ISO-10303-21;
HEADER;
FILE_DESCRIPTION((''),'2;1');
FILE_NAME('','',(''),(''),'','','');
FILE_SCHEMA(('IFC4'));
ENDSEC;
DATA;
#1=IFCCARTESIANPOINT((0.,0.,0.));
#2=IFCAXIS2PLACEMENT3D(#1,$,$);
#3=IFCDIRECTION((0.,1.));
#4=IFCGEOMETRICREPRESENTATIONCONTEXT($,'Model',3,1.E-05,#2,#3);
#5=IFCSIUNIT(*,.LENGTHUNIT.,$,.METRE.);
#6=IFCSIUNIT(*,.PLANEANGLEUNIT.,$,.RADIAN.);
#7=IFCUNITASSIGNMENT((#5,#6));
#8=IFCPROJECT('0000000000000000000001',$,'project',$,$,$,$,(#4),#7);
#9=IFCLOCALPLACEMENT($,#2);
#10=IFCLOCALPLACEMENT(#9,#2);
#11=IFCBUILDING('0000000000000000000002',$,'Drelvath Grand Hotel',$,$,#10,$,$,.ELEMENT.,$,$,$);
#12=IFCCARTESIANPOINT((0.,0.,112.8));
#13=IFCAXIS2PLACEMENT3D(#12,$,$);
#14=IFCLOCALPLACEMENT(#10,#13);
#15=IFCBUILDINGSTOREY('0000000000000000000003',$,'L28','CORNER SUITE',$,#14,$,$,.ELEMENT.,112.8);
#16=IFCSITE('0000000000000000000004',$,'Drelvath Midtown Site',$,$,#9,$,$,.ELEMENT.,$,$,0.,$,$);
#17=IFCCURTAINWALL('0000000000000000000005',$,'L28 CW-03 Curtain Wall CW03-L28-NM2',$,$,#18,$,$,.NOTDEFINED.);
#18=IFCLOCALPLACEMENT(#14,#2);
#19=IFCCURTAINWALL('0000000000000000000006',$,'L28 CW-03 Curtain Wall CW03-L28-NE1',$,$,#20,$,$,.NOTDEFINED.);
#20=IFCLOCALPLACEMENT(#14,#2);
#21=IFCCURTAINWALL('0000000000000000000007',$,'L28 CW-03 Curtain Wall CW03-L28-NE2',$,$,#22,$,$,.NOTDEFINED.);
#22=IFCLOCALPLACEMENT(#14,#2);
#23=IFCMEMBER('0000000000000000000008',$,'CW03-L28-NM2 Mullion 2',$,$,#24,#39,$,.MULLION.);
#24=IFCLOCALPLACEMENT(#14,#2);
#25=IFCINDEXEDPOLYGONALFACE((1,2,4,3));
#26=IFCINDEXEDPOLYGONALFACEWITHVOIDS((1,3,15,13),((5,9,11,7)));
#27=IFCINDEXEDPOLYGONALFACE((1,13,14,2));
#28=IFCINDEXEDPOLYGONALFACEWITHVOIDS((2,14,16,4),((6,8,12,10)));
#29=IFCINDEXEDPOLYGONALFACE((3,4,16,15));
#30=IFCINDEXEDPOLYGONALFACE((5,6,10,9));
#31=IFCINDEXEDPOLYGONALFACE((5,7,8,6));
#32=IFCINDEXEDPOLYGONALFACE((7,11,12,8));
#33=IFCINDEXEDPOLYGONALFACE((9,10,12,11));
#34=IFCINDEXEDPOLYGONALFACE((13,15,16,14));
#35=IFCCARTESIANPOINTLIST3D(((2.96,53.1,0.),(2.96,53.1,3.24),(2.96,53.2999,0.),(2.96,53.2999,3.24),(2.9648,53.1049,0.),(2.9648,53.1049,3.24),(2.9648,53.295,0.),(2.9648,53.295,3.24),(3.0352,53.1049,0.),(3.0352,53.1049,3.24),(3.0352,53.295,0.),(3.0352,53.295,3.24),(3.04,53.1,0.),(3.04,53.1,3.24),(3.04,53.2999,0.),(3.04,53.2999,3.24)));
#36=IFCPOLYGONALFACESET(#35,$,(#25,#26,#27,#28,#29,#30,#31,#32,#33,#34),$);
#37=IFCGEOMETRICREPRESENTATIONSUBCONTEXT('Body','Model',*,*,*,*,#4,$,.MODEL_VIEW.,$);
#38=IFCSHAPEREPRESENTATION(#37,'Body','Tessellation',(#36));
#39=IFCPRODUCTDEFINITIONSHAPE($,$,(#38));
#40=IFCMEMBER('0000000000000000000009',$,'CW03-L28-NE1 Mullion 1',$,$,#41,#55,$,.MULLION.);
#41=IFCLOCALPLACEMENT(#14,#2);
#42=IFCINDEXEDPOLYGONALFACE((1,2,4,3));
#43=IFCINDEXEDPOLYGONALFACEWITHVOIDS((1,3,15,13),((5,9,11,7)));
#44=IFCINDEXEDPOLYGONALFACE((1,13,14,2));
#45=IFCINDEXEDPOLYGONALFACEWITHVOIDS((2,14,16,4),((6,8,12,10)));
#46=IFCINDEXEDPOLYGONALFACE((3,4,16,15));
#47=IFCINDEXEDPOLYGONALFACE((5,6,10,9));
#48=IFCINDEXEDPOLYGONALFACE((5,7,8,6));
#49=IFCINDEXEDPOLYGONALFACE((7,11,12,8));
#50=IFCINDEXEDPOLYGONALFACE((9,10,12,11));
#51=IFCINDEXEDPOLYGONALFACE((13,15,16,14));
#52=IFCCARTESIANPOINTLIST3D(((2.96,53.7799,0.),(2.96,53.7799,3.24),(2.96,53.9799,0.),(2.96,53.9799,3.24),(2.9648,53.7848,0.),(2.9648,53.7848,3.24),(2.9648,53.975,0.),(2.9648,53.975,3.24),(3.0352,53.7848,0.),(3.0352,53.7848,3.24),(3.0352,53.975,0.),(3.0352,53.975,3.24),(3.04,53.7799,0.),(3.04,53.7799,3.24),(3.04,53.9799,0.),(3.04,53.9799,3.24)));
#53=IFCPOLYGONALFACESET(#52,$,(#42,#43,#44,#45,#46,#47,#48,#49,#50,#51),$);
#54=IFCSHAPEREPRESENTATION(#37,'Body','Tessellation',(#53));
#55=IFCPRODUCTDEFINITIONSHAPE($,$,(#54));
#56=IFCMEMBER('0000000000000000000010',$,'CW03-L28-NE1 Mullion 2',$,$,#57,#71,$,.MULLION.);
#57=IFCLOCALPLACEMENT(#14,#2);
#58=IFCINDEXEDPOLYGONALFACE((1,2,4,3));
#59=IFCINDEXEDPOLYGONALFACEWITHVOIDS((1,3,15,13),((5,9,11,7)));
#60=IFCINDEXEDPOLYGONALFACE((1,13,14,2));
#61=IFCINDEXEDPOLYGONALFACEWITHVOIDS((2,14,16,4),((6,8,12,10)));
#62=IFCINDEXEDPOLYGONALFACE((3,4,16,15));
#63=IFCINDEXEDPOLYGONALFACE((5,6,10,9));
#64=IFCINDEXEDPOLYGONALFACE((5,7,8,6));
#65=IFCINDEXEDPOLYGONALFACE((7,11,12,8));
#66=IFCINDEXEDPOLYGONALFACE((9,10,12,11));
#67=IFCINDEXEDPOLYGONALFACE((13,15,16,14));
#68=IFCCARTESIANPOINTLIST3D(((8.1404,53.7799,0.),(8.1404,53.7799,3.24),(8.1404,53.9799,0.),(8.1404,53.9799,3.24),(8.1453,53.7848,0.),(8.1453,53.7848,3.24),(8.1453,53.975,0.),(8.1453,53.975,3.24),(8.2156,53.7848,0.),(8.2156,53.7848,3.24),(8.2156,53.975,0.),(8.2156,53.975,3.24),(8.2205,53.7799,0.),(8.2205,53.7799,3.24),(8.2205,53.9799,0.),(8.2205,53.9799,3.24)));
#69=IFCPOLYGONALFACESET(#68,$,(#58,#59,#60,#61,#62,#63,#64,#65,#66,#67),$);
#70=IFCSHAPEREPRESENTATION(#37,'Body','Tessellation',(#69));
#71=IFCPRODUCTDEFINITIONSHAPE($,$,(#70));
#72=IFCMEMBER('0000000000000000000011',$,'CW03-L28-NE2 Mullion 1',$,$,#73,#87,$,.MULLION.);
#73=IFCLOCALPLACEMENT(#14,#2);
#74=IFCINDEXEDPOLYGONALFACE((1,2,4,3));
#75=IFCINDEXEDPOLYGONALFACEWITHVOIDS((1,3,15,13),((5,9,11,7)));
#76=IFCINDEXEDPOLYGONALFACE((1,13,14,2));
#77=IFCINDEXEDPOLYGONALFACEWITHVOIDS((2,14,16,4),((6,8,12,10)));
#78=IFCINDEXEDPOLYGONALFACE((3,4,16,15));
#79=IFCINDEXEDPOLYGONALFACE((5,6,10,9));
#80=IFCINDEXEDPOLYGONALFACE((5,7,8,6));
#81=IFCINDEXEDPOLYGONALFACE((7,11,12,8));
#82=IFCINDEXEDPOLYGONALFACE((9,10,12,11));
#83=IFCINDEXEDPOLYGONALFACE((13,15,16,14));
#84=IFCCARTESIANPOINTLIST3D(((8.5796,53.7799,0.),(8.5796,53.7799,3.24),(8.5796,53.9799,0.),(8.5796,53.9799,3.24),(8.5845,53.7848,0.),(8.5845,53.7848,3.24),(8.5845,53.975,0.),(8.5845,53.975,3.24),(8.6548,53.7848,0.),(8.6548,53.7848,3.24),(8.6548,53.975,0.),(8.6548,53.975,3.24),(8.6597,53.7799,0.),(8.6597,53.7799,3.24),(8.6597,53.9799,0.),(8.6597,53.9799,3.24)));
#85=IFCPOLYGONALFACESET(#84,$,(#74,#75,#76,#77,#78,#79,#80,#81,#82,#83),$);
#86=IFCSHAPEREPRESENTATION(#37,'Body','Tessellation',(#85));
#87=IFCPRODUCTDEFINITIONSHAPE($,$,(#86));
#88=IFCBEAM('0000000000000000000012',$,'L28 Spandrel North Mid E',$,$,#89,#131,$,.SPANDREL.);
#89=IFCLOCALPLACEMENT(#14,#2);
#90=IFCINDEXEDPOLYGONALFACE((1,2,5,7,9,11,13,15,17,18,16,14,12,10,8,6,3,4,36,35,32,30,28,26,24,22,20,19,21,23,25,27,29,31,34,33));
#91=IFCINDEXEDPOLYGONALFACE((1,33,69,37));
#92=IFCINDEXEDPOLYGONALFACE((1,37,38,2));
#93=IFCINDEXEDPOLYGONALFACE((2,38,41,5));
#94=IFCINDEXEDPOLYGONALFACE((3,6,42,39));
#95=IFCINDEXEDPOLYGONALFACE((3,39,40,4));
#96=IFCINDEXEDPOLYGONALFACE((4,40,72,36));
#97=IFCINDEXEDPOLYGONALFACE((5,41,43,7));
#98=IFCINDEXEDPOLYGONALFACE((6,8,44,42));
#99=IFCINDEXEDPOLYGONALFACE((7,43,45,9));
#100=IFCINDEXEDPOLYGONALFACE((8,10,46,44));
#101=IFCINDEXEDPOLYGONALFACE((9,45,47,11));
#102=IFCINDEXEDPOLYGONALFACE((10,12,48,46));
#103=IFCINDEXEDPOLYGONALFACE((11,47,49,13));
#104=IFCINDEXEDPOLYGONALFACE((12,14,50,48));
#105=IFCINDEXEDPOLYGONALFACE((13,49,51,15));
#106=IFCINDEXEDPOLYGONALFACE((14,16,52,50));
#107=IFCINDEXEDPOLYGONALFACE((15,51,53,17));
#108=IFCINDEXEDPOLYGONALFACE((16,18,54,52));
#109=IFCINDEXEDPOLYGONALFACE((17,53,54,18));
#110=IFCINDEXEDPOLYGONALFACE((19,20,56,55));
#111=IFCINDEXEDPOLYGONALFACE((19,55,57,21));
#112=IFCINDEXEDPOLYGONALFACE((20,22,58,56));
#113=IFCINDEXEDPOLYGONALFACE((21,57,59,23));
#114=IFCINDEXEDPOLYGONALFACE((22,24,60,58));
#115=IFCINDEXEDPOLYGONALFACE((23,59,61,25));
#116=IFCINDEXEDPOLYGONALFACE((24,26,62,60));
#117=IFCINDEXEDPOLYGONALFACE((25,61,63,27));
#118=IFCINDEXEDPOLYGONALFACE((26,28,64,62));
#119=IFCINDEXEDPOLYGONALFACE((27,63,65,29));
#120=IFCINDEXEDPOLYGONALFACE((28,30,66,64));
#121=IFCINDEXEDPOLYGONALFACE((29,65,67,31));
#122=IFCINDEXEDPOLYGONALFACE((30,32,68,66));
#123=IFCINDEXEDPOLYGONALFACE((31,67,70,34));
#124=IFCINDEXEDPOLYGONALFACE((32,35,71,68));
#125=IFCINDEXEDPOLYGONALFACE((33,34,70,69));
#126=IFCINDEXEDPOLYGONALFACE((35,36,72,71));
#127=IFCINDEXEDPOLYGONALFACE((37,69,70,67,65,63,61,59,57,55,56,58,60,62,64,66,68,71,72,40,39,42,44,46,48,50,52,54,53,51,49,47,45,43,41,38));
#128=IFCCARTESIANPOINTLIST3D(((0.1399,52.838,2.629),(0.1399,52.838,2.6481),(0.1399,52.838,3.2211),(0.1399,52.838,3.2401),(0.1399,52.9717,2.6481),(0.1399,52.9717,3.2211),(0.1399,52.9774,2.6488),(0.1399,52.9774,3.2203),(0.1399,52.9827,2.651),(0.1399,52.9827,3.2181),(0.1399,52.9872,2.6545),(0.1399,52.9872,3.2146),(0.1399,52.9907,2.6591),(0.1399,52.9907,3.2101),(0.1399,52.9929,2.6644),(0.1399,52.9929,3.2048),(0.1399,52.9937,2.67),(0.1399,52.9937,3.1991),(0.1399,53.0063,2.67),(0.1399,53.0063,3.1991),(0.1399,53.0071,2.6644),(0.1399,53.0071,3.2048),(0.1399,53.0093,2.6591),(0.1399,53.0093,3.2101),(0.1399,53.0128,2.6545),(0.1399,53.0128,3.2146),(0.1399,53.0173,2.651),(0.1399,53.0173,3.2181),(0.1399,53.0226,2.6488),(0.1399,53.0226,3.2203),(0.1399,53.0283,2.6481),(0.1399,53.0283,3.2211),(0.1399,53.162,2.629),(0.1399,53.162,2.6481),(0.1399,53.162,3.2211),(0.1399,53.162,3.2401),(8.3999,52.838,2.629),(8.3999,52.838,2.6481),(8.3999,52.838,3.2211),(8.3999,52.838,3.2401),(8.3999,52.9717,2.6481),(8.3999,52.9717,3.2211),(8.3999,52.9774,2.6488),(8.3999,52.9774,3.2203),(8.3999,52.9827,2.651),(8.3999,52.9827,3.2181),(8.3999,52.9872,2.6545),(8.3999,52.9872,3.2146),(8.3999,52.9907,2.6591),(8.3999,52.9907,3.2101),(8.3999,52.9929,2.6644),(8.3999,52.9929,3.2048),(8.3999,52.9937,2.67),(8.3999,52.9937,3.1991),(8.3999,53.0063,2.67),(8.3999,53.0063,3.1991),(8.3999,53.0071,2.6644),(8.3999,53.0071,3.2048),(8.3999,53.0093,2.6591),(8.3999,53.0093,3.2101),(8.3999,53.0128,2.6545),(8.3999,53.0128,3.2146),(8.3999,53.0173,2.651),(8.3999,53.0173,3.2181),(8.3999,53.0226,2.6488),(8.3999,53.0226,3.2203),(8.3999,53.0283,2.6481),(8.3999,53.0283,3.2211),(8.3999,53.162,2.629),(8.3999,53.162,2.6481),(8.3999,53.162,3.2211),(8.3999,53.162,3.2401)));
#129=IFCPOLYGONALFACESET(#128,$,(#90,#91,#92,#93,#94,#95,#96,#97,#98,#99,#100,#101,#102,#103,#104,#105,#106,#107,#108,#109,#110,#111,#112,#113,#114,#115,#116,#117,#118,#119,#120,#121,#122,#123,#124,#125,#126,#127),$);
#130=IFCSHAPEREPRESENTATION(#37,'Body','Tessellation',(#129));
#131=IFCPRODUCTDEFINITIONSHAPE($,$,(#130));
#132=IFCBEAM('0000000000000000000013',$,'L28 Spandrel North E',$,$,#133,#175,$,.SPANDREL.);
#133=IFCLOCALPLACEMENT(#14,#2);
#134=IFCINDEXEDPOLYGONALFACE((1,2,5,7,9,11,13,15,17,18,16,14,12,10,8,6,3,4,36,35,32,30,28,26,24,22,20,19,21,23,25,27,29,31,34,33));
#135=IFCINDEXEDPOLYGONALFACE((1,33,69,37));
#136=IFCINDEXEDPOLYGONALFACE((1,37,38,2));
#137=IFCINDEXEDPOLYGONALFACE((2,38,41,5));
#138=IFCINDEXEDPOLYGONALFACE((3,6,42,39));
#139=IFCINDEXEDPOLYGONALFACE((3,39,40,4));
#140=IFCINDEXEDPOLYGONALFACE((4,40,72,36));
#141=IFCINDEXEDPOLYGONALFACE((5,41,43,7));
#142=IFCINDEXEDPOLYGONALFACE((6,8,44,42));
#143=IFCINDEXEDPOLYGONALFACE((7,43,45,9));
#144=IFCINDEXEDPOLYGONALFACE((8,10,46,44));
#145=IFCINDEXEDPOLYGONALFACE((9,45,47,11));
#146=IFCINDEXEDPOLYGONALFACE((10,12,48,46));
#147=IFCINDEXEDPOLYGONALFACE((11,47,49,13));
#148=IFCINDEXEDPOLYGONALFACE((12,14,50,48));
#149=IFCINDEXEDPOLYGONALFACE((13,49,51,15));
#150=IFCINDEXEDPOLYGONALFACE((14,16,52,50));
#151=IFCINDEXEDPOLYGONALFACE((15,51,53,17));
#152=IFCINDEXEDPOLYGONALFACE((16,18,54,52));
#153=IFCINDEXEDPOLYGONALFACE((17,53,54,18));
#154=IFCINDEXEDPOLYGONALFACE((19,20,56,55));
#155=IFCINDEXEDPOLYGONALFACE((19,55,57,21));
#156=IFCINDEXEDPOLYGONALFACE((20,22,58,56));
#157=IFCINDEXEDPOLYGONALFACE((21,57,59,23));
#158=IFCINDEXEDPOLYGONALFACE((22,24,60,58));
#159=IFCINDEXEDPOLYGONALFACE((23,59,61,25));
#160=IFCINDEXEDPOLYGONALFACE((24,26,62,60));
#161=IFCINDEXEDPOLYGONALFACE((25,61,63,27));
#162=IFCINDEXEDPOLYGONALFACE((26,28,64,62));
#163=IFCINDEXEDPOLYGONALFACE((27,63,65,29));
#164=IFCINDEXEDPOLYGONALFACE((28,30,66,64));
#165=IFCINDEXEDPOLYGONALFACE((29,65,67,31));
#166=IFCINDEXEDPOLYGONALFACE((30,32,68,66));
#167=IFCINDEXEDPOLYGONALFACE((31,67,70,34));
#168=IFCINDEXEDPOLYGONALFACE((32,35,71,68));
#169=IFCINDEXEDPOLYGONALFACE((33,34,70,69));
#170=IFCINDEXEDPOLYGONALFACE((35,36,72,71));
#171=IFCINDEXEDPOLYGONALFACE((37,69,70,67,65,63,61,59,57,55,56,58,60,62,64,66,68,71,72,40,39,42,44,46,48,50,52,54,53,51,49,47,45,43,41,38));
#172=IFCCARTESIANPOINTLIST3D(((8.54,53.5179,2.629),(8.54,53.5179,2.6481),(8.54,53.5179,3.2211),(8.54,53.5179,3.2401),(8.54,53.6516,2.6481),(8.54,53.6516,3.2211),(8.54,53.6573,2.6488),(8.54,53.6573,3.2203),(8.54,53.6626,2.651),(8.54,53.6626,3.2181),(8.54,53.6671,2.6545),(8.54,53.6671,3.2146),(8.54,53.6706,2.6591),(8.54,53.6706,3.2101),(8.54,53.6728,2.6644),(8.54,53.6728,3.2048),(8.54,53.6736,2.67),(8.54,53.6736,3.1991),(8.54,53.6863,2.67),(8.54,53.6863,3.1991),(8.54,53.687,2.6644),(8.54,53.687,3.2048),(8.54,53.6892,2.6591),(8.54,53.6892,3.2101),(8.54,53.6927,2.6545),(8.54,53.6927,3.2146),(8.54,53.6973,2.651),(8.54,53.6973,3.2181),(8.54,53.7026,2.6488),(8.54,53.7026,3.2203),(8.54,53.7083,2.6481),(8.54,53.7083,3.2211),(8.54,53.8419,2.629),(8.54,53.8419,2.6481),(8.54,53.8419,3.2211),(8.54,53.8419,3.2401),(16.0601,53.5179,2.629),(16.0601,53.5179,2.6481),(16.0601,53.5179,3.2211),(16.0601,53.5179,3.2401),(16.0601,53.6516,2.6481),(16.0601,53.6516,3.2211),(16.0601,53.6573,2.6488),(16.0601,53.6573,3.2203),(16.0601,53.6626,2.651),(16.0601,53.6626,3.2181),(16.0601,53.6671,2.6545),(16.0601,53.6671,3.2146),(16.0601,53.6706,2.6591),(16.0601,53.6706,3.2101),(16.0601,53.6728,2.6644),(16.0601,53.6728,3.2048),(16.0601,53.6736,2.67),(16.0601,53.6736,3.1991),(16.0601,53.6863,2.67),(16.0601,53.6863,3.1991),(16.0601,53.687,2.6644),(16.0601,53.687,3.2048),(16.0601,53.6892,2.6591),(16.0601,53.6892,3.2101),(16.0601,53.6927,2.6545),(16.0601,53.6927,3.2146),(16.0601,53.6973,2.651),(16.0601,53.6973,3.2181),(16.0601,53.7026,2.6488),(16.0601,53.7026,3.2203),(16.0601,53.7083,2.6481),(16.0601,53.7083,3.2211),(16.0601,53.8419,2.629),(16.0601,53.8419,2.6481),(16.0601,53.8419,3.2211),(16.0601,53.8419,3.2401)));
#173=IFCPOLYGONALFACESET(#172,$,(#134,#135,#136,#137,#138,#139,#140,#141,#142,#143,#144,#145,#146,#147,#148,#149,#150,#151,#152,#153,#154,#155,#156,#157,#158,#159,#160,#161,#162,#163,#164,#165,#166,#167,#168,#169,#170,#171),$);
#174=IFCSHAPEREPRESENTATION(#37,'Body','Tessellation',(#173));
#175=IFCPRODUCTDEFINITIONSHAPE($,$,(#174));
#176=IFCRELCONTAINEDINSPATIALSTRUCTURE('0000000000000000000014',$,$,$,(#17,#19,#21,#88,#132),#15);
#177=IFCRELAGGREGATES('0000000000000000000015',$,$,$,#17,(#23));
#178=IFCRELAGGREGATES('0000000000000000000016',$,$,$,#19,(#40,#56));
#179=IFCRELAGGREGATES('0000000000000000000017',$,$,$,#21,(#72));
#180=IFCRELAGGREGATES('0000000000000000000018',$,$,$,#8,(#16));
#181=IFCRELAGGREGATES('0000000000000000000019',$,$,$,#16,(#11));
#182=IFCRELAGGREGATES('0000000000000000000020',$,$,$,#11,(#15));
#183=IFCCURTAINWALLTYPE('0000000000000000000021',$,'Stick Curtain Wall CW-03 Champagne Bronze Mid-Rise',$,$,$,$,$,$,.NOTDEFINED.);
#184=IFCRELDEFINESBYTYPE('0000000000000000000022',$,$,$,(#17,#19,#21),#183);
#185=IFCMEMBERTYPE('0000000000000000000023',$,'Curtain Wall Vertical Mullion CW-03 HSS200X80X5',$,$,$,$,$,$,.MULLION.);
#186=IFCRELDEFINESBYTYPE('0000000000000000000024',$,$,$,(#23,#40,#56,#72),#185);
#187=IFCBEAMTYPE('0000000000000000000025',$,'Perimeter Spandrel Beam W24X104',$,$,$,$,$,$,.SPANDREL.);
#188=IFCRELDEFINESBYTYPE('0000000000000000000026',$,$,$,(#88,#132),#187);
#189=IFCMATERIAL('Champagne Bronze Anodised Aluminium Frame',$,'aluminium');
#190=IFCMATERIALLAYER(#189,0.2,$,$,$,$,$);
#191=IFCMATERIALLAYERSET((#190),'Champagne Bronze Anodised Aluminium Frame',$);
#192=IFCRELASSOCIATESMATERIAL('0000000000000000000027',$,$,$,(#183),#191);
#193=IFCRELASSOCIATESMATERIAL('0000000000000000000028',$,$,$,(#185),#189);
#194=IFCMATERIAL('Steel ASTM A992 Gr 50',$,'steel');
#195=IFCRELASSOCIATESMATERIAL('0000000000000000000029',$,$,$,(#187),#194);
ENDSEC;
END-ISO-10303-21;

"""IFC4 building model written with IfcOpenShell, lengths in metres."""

from ifc_helpers import new_model, si_unit, direction, frame, origin, origin_2d, place, context, subcontext, project, spatial, hollow_rectangle, i_section, extrude, material, layer, layer_set, material_profile, profile_set, type_object, element, aggregate, save


model = new_model("IFC4")

# Units and contexts
model_context = context("Model", 3, precision=1e-05, world=origin(), true_north=direction((0.0, 1.0)))
body_context = subcontext(model_context, "Body", "Model", "MODEL_VIEW")
ifc_project = project(units=[si_unit("LENGTHUNIT", "METRE"), si_unit("PLANEANGLEUNIT", "RADIAN")], contexts=[model_context])

# Site, building, storey
site_placement = place(None, origin())
site = spatial("IfcSite", under=ifc_project, at=site_placement, Name="Drelvath Midtown Site", CompositionType="ELEMENT", RefElevation=0.0)
building_placement = place(site_placement, origin())
building = spatial("IfcBuilding", under=site, at=building_placement, Name="Drelvath Grand Hotel", CompositionType="ELEMENT")
storey_placement = place(building_placement, frame((0.0, 0.0, 112.8)))
storey = spatial("IfcBuildingStorey", under=building, at=storey_placement, Name="L28", Description="CORNER SUITE", CompositionType="ELEMENT", Elevation=112.8)

# Curtain walls
ifc_material_1 = material(Name="Champagne Bronze Anodised Aluminium Frame", Category="aluminium")
ifc_layer_1 = layer(ifc_material_1, 0.2)
ifc_layer_set_1 = layer_set([ifc_layer_1], Name="Champagne Bronze Anodised Aluminium Frame")
curtain_wall_type = type_object("IfcCurtainWallType", Name="Stick Curtain Wall CW-03 Champagne Bronze Mid-Rise", PredefinedType="NOTDEFINED", material=ifc_layer_set_1)
curtain_wall_1_placement = place(storey_placement, origin())
curtain_wall_1 = element("IfcCurtainWall", 1, at=curtain_wall_1_placement, inside=storey, type_object=curtain_wall_type, Name="L28 CW-03 Curtain Wall CW03-L28-NM2", PredefinedType="NOTDEFINED")
curtain_wall_2_placement = place(storey_placement, origin())
curtain_wall_2 = element("IfcCurtainWall", 2, at=curtain_wall_2_placement, inside=storey, type_object=curtain_wall_type, Name="L28 CW-03 Curtain Wall CW03-L28-NE1", PredefinedType="NOTDEFINED")
curtain_wall_3_placement = place(storey_placement, origin())
curtain_wall_3 = element("IfcCurtainWall", 3, at=curtain_wall_3_placement, inside=storey, type_object=curtain_wall_type, Name="L28 CW-03 Curtain Wall CW03-L28-NE2", PredefinedType="NOTDEFINED")
ifc_material_profile_1 = material_profile(ifc_material_1, hollow_rectangle(XDim=0.0801, YDim=0.2, WallThickness=0.0049, at=origin_2d()), Name="HSS200X80X5")
ifc_profile_set_1 = profile_set([ifc_material_profile_1], Name="Champagne Bronze Anodised Aluminium Frame")
member_type_1 = type_object("IfcMemberType", Name="Curtain Wall Vertical Mullion CW-03 HSS200X80X5", PredefinedType="MULLION", material=ifc_profile_set_1)

# Members
member_1_placement = place(storey_placement, frame((3.0, 53.2, 0.0), z_axis=(0.0, 0.0, 1.0), x_axis=(1.0, 0.0, 0.0)))
member_1 = element("IfcMember", 4, at=member_1_placement, type_object=member_type_1, Name="CW03-L28-NM2 Mullion 2", PredefinedType="MULLION", context=body_context, shape_type="SweptSolid", body=[
    extrude(hollow_rectangle(XDim=0.0801, YDim=0.2, WallThickness=0.0049, at=origin_2d()), origin(), (0.0, 0.0, 1.0), 3.24),
])
member_2_placement = place(storey_placement, frame((3.0, 53.8799, 0.0), z_axis=(0.0, 0.0, 1.0), x_axis=(1.0, 0.0, 0.0)))
member_2 = element("IfcMember", 5, at=member_2_placement, type_object=member_type_1, Name="CW03-L28-NE1 Mullion 1", PredefinedType="MULLION", context=body_context, shape_type="SweptSolid", body=[
    extrude(hollow_rectangle(XDim=0.0801, YDim=0.2, WallThickness=0.0049, at=origin_2d()), origin(), (0.0, 0.0, 1.0), 3.24),
])
member_3_placement = place(storey_placement, frame((8.1804, 53.8799, 0.0), z_axis=(0.0, 0.0, 1.0), x_axis=(1.0, 0.0, 0.0)))
member_3 = element("IfcMember", 6, at=member_3_placement, type_object=member_type_1, Name="CW03-L28-NE1 Mullion 2", PredefinedType="MULLION", context=body_context, shape_type="SweptSolid", body=[
    extrude(hollow_rectangle(XDim=0.0801, YDim=0.2, WallThickness=0.0049, at=origin_2d()), origin(), (0.0, 0.0, 1.0), 3.24),
])
member_4_placement = place(storey_placement, frame((8.6196, 53.8799, 0.0), z_axis=(0.0, 0.0, 1.0), x_axis=(1.0, 0.0, 0.0)))
member_4 = element("IfcMember", 7, at=member_4_placement, type_object=member_type_1, Name="CW03-L28-NE2 Mullion 1", PredefinedType="MULLION", context=body_context, shape_type="SweptSolid", body=[
    extrude(hollow_rectangle(XDim=0.0801, YDim=0.2, WallThickness=0.0049, at=origin_2d()), origin(), (0.0, 0.0, 1.0), 3.24),
])

# Beams
ifc_material_2 = material(Name="Steel ASTM A992 Gr 50", Category="steel")
ifc_material_profile_2 = material_profile(ifc_material_2, i_section(OverallWidth=0.324, OverallDepth=0.6111, WebThickness=0.0127, FlangeThickness=0.019, FilletRadius=0.022, at=origin_2d()), Name="W24X104")
ifc_profile_set_2 = profile_set([ifc_material_profile_2], Name="Steel ASTM A992 Gr 50")
beam_type_1 = type_object("IfcBeamType", Name="Perimeter Spandrel Beam W24X104", PredefinedType="SPANDREL", material=ifc_profile_set_2)
beam_1_placement = place(storey_placement, frame((0.1399, 53.0, 2.9346), z_axis=(1.0, 0.0, 0.0), x_axis=(0.0, 1.0, 0.0)))
element("IfcBeam", 8, at=beam_1_placement, inside=storey, type_object=beam_type_1, Name="L28 Spandrel North Mid E", PredefinedType="SPANDREL", context=body_context, shape_type="SweptSolid", body=[
    extrude(i_section(OverallWidth=0.324, OverallDepth=0.6111, WebThickness=0.0127, FlangeThickness=0.019, FilletRadius=0.022, at=origin_2d()), origin(), (0.0, 0.0, 1.0), 8.26),
])
beam_2_placement = place(storey_placement, frame((8.54, 53.6799, 2.9346), z_axis=(1.0, 0.0, 0.0), x_axis=(0.0, 1.0, 0.0)))
element("IfcBeam", 9, at=beam_2_placement, inside=storey, type_object=beam_type_1, Name="L28 Spandrel North E", PredefinedType="SPANDREL", context=body_context, shape_type="SweptSolid", body=[
    extrude(i_section(OverallWidth=0.324, OverallDepth=0.6111, WebThickness=0.0127, FlangeThickness=0.019, FilletRadius=0.022, at=origin_2d()), origin(), (0.0, 0.0, 1.0), 7.52),
])

aggregate(curtain_wall_1, [member_1])
aggregate(curtain_wall_2, [member_2, member_3])
aggregate(curtain_wall_3, [member_4])

save(model, "model.ifc")
